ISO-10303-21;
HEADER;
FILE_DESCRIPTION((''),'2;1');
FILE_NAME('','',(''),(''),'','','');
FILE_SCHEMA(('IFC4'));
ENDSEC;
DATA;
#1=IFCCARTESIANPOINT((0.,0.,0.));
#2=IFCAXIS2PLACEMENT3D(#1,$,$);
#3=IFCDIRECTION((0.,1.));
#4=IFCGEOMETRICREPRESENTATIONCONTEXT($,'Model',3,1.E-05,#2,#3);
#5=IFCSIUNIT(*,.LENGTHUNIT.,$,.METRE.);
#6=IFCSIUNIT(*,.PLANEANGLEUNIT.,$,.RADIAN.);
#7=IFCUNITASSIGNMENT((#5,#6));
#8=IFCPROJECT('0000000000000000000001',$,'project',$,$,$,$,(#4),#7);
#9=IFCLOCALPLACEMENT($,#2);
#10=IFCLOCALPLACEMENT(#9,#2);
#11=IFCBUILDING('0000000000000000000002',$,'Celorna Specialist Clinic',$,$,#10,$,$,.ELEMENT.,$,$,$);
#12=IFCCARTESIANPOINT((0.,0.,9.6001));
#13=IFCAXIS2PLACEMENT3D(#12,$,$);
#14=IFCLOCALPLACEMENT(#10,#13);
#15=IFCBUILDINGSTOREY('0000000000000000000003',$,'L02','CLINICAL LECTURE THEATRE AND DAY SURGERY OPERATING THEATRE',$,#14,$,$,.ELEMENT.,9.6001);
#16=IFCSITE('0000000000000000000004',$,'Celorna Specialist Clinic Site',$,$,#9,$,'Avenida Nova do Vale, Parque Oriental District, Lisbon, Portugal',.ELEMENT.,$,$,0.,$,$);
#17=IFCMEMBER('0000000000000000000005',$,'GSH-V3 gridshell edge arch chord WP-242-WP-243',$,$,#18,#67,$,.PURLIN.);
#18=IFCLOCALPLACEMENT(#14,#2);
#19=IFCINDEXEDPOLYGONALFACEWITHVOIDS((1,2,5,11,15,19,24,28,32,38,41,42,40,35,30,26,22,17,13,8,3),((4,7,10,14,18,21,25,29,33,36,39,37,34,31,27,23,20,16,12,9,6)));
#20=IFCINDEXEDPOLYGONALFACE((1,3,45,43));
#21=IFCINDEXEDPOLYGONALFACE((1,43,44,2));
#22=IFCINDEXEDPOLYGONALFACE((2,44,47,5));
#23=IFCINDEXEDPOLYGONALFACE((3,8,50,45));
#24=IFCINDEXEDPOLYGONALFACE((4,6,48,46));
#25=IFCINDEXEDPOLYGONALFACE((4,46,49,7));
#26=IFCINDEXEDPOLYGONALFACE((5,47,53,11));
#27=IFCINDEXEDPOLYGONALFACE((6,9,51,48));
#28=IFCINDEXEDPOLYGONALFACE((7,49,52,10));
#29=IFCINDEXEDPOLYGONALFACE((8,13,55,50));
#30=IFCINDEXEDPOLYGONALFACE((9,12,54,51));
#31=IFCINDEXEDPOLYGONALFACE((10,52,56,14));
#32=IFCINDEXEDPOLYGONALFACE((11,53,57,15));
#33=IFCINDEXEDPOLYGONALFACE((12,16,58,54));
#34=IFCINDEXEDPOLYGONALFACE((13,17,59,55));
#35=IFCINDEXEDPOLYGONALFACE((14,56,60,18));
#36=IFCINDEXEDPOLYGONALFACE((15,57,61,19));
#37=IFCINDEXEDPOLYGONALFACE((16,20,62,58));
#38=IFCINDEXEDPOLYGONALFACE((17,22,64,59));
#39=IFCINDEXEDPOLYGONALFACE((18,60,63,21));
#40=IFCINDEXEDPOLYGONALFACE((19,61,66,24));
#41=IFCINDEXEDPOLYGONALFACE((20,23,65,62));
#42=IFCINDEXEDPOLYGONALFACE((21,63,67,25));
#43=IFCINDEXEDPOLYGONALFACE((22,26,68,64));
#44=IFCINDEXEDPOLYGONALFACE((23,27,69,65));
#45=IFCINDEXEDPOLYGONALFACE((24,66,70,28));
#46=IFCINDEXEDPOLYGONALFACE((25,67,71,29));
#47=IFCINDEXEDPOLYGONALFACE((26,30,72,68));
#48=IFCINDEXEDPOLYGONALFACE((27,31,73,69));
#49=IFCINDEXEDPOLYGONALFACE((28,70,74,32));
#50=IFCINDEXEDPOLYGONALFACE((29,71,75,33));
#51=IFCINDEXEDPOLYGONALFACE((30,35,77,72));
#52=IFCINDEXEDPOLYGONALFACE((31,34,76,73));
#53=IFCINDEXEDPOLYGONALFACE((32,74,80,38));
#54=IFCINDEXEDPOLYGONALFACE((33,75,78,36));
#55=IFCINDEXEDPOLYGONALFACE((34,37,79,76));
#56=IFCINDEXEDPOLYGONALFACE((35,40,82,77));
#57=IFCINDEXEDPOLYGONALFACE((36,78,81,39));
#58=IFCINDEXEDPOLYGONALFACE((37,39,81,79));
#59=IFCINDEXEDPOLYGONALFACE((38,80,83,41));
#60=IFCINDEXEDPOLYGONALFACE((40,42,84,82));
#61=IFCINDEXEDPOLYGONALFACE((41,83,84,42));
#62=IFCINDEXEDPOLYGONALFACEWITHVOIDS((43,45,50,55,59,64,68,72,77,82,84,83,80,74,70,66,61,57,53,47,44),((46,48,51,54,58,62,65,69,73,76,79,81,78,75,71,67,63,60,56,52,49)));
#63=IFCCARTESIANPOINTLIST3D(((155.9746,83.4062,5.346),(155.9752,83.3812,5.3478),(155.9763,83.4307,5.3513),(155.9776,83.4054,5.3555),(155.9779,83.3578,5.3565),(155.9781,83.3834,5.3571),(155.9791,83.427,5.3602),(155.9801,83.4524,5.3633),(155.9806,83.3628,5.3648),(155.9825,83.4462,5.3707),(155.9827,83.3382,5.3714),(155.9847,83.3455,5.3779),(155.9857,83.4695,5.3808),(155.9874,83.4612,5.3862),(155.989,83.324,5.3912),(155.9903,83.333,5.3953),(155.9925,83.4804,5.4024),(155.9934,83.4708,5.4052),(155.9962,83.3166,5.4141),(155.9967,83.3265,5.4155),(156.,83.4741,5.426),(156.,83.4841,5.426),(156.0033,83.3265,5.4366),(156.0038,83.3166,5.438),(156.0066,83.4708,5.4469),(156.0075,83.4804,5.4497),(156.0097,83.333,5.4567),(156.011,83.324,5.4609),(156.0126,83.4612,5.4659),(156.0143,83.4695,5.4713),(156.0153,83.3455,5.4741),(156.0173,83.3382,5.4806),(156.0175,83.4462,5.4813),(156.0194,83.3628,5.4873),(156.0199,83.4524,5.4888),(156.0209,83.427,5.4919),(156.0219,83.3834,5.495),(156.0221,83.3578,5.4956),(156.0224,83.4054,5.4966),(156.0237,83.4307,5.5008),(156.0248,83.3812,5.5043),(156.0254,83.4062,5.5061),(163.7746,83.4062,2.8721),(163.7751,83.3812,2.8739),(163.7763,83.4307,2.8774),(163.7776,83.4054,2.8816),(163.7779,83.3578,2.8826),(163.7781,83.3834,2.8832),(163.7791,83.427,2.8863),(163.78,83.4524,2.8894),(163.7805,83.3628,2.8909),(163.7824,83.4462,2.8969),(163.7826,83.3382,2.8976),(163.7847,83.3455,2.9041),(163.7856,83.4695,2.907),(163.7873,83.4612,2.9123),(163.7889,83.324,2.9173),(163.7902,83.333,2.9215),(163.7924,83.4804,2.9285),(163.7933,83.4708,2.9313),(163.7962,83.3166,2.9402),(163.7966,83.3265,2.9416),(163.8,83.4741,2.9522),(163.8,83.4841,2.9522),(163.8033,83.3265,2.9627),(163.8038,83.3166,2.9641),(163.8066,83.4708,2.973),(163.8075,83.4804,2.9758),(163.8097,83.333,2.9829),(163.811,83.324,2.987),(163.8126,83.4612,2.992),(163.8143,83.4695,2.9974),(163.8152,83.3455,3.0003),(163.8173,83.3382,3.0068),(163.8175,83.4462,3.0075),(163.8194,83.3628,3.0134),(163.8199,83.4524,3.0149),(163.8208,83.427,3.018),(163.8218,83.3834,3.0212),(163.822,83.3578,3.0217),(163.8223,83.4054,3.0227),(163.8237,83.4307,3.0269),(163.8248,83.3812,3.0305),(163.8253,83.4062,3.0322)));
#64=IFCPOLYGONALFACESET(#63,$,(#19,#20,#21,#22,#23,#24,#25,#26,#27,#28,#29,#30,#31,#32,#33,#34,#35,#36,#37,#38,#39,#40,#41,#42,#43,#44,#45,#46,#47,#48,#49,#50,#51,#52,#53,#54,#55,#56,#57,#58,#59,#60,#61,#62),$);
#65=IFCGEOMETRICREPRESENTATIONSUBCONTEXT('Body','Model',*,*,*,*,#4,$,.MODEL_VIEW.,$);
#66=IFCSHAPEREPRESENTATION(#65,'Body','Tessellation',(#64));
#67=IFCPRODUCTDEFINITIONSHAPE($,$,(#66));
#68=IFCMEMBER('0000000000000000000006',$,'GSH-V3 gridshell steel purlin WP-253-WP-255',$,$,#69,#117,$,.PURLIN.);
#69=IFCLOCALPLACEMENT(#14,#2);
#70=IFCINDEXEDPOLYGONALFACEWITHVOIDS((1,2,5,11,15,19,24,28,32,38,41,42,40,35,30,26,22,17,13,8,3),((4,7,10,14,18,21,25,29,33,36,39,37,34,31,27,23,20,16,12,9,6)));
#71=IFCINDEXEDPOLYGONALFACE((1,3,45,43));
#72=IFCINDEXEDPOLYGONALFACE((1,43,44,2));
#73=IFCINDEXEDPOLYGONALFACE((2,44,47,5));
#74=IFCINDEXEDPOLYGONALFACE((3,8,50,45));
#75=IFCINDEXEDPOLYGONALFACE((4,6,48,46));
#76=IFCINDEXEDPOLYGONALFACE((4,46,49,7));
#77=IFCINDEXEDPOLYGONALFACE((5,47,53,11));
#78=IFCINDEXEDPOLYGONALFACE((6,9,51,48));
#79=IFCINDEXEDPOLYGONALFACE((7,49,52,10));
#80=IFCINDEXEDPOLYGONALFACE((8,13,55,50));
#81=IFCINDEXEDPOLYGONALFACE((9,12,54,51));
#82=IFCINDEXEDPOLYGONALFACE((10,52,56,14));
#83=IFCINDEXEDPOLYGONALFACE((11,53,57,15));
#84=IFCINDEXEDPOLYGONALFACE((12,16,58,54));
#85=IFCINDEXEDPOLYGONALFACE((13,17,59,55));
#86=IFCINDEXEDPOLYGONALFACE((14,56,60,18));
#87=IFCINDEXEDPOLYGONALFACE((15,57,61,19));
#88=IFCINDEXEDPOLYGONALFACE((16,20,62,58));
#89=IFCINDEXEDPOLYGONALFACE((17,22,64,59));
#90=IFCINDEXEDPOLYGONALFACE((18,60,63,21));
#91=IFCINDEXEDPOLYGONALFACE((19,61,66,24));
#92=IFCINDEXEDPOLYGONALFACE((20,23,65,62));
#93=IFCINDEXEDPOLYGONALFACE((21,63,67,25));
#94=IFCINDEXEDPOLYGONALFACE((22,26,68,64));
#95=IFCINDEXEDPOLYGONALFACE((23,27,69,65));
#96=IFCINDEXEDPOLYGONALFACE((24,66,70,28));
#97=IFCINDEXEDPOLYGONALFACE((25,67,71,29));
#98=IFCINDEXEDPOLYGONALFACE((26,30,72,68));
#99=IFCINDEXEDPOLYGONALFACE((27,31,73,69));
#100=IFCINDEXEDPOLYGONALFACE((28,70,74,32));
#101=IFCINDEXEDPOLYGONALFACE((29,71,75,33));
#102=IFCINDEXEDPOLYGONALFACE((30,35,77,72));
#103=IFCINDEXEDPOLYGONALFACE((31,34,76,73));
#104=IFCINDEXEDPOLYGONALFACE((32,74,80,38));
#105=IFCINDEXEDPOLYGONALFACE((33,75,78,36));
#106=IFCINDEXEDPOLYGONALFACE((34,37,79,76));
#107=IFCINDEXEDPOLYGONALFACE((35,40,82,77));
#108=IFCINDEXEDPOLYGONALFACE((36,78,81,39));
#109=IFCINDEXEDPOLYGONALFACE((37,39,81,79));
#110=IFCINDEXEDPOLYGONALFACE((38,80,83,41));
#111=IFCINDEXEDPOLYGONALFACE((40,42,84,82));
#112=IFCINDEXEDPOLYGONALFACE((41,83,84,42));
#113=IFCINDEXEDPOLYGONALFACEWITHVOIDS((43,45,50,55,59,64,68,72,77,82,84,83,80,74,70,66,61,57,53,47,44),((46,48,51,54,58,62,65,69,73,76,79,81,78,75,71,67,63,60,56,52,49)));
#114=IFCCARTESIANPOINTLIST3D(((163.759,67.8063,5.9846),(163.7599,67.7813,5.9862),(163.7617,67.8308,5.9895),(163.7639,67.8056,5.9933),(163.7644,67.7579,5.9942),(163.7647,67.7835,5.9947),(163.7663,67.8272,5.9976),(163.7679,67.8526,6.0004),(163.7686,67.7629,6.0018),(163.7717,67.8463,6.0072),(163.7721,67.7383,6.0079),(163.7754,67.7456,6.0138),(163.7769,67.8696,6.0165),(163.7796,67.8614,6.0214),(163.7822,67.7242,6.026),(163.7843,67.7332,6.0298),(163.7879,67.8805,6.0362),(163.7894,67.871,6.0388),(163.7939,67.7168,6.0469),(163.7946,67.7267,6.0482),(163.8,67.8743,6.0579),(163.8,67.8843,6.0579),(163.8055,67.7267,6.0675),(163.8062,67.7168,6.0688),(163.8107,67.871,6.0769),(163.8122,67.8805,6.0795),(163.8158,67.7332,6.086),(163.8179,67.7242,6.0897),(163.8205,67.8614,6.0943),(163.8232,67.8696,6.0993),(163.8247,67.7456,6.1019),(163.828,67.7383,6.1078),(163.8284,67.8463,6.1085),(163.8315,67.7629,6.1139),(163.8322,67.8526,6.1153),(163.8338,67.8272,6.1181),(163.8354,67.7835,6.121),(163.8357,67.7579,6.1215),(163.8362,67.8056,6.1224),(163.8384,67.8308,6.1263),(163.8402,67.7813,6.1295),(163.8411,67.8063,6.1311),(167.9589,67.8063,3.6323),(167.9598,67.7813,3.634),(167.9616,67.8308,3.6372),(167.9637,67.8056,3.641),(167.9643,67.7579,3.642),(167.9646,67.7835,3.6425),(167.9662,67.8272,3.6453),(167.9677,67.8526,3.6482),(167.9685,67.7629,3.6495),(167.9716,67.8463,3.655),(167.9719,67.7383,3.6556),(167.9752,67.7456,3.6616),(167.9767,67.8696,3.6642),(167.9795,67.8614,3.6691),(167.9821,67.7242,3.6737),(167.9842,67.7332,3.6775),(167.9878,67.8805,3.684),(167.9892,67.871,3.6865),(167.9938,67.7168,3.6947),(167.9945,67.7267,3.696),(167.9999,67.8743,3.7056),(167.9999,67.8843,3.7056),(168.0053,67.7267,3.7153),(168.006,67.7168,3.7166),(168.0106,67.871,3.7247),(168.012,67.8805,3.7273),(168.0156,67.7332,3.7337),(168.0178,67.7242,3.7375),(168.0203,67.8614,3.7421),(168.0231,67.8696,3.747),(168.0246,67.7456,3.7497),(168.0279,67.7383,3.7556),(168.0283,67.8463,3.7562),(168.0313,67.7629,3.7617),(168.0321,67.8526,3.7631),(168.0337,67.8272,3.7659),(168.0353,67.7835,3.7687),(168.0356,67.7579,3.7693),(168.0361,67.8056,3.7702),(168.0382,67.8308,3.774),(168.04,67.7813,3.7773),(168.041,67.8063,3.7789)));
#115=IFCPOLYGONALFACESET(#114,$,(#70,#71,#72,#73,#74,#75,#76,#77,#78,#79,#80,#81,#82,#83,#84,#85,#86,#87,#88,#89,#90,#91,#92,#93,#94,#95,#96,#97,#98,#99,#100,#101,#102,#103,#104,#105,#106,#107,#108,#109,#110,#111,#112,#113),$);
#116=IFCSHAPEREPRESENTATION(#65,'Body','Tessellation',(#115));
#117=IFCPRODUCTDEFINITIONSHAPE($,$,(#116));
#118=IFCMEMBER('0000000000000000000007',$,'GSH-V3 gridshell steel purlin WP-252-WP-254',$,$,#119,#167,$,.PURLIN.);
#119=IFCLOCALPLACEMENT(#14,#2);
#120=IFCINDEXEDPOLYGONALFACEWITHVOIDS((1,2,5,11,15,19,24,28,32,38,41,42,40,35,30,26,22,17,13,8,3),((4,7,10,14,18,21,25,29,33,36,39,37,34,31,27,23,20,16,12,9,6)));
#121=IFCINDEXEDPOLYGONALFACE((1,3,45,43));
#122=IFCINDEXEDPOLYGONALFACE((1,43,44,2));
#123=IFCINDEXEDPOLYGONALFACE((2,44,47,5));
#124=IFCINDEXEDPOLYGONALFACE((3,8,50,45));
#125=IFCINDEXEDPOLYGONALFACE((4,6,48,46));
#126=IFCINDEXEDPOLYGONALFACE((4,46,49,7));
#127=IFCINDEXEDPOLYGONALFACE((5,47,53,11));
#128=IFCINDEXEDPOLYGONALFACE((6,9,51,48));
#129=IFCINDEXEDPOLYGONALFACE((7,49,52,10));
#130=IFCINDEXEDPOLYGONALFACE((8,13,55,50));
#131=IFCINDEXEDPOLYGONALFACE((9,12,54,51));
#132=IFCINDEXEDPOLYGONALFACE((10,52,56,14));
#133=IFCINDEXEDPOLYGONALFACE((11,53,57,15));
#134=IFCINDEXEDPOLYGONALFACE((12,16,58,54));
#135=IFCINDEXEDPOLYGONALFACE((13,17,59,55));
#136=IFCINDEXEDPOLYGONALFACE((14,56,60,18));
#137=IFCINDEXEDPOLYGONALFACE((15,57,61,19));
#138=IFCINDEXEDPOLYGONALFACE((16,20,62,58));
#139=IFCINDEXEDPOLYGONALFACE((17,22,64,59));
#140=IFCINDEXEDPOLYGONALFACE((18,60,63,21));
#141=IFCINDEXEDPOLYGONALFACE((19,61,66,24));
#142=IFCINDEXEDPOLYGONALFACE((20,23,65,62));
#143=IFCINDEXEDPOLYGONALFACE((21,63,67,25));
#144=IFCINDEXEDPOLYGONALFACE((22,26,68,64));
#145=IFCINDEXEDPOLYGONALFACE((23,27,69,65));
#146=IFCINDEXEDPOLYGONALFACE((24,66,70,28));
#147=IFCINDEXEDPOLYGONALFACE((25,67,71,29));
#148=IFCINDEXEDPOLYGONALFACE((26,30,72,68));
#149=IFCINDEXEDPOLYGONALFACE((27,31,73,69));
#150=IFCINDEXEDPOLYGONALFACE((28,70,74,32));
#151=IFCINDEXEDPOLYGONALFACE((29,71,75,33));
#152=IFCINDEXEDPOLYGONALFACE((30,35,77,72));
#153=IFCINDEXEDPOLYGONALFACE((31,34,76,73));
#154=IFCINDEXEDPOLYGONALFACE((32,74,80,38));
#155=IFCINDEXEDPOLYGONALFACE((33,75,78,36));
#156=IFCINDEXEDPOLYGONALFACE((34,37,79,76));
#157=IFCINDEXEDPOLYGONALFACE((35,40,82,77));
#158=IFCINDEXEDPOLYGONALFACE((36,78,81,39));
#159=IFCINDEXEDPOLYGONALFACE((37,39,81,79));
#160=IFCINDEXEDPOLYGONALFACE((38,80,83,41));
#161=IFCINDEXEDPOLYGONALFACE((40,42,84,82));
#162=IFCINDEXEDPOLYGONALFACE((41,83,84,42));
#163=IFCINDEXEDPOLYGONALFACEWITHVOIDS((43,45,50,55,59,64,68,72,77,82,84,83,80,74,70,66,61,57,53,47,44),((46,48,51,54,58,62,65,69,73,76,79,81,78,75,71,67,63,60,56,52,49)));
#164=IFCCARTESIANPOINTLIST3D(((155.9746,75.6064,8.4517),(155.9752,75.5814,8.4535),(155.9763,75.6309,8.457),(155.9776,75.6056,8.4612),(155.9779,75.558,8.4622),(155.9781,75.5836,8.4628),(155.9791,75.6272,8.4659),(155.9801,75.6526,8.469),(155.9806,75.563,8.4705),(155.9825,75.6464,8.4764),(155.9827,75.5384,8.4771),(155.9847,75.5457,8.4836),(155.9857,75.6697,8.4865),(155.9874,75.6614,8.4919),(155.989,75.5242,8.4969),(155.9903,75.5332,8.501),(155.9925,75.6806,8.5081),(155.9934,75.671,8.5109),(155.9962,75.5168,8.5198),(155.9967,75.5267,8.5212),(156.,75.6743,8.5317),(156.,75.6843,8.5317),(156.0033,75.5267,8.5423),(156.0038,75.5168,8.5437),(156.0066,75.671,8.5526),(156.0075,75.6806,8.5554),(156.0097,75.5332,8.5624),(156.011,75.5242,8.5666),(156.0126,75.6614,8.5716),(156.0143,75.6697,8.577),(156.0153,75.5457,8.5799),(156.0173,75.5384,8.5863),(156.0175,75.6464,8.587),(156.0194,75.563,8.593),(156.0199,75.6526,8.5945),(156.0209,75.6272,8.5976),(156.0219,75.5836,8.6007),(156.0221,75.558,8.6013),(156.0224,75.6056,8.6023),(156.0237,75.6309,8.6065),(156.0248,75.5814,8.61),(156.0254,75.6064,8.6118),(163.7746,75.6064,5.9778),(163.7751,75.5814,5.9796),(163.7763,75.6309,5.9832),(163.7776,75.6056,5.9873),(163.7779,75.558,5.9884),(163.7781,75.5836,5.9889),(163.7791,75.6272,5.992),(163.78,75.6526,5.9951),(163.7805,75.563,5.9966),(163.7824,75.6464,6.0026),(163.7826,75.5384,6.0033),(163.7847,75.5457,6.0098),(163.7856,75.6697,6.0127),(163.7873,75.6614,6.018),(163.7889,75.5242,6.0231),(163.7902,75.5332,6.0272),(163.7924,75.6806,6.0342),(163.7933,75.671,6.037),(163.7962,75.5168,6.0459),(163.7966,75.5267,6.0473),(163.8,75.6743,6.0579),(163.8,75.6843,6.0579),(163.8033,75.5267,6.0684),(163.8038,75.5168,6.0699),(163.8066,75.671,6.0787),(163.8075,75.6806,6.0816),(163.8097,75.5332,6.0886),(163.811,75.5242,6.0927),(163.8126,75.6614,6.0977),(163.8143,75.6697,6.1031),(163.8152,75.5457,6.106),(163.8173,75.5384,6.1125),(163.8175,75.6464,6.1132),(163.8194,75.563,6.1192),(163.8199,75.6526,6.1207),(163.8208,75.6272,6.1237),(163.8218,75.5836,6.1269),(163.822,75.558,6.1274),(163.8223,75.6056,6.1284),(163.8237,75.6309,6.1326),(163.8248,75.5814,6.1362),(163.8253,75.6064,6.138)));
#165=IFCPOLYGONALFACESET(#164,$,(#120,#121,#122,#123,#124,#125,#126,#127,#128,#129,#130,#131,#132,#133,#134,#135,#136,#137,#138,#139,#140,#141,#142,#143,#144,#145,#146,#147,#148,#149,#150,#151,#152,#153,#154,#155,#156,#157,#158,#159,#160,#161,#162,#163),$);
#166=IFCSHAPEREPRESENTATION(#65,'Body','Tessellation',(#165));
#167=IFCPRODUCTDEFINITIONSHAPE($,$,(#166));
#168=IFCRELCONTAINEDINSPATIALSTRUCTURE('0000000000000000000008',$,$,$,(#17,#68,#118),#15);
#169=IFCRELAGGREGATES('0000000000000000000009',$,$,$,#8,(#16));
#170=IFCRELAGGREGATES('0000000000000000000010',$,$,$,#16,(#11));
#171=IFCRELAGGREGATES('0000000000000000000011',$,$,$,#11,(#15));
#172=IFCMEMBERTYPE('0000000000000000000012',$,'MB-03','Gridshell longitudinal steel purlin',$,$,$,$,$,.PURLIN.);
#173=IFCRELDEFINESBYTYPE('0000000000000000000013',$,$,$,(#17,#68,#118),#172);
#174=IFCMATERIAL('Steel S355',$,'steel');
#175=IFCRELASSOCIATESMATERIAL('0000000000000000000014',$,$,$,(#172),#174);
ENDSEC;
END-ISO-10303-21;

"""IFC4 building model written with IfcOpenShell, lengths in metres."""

from ifc_helpers import new_model, si_unit, direction, frame, origin, origin_2d, place, context, subcontext, project, spatial, hollow_circle, extrude, material, material_profile, profile_set, type_object, element, save


model = new_model("IFC4")

# Units and contexts
model_context = context("Model", 3, precision=1e-05, world=origin(), true_north=direction((0.0, 1.0)))
body_context = subcontext(model_context, "Body", "Model", "MODEL_VIEW")
ifc_project = project(units=[si_unit("LENGTHUNIT", "METRE"), si_unit("PLANEANGLEUNIT", "RADIAN")], contexts=[model_context])

# Site, building, storey
site_placement = place(None, origin())
site = spatial("IfcSite", under=ifc_project, at=site_placement, Name="Celorna Specialist Clinic Site", LongName="Avenida Nova do Vale, Parque Oriental District, Lisbon, Portugal", CompositionType="ELEMENT", RefElevation=0.0)
building_placement = place(site_placement, origin())
building = spatial("IfcBuilding", under=site, at=building_placement, Name="Celorna Specialist Clinic", CompositionType="ELEMENT")
storey_placement = place(building_placement, frame((0.0, 0.0, 9.6001)))
storey = spatial("IfcBuildingStorey", under=building, at=storey_placement, Name="L02", Description="CLINICAL LECTURE THEATRE AND DAY SURGERY OPERATING THEATRE", CompositionType="ELEMENT", Elevation=9.6001)

# Shared definitions
ifc_material_1 = material(Name="Steel S355", Category="steel")

# Members
ifc_material_profile_1 = material_profile(ifc_material_1, hollow_circle(Radius=0.0842, WallThickness=0.01, at=origin_2d()), Name="CHS 168.3x10")
ifc_profile_set_1 = profile_set([ifc_material_profile_1], Name="Steel S355")
member_type_1 = type_object("IfcMemberType", Name="MB-03", Description="Gridshell longitudinal steel purlin", PredefinedType="PURLIN", material=ifc_profile_set_1)
member_1_placement = place(storey_placement, frame((156.0, 83.3999, 5.426), z_axis=(0.953206, 0.0, -0.302321), x_axis=(0.0, 1.0, 0.0)))
element("IfcMember", 1, at=member_1_placement, inside=storey, type_object=member_type_1, Name="GSH-V3 gridshell edge arch chord WP-242-WP-243", PredefinedType="PURLIN", context=body_context, shape_type="SweptSolid", body=[
    extrude(hollow_circle(Radius=0.0842, WallThickness=0.01, at=origin_2d()), origin(), (0.0, 0.0, 1.0), 8.1829),
])
member_2_placement = place(storey_placement, frame((163.8, 67.8, 6.0579), z_axis=(0.872477, 0.0, -0.488654), x_axis=(0.0, 1.0, 0.0)))
element("IfcMember", 2, at=member_2_placement, inside=storey, type_object=member_type_1, Name="GSH-V3 gridshell steel purlin WP-253-WP-255", PredefinedType="PURLIN", context=body_context, shape_type="SweptSolid", body=[
    extrude(hollow_circle(Radius=0.0842, WallThickness=0.01, at=origin_2d()), origin(), (0.0, 0.0, 1.0), 4.8137),
])
member_3_placement = place(storey_placement, frame((156.0, 75.6001, 8.5317), z_axis=(0.953206, 0.0, -0.302321), x_axis=(0.0, 1.0, 0.0)))
element("IfcMember", 3, at=member_3_placement, inside=storey, type_object=member_type_1, Name="GSH-V3 gridshell steel purlin WP-252-WP-254", PredefinedType="PURLIN", context=body_context, shape_type="SweptSolid", body=[
    extrude(hollow_circle(Radius=0.0842, WallThickness=0.01, at=origin_2d()), origin(), (0.0, 0.0, 1.0), 8.1829),
])

save(model, "model.ifc")
